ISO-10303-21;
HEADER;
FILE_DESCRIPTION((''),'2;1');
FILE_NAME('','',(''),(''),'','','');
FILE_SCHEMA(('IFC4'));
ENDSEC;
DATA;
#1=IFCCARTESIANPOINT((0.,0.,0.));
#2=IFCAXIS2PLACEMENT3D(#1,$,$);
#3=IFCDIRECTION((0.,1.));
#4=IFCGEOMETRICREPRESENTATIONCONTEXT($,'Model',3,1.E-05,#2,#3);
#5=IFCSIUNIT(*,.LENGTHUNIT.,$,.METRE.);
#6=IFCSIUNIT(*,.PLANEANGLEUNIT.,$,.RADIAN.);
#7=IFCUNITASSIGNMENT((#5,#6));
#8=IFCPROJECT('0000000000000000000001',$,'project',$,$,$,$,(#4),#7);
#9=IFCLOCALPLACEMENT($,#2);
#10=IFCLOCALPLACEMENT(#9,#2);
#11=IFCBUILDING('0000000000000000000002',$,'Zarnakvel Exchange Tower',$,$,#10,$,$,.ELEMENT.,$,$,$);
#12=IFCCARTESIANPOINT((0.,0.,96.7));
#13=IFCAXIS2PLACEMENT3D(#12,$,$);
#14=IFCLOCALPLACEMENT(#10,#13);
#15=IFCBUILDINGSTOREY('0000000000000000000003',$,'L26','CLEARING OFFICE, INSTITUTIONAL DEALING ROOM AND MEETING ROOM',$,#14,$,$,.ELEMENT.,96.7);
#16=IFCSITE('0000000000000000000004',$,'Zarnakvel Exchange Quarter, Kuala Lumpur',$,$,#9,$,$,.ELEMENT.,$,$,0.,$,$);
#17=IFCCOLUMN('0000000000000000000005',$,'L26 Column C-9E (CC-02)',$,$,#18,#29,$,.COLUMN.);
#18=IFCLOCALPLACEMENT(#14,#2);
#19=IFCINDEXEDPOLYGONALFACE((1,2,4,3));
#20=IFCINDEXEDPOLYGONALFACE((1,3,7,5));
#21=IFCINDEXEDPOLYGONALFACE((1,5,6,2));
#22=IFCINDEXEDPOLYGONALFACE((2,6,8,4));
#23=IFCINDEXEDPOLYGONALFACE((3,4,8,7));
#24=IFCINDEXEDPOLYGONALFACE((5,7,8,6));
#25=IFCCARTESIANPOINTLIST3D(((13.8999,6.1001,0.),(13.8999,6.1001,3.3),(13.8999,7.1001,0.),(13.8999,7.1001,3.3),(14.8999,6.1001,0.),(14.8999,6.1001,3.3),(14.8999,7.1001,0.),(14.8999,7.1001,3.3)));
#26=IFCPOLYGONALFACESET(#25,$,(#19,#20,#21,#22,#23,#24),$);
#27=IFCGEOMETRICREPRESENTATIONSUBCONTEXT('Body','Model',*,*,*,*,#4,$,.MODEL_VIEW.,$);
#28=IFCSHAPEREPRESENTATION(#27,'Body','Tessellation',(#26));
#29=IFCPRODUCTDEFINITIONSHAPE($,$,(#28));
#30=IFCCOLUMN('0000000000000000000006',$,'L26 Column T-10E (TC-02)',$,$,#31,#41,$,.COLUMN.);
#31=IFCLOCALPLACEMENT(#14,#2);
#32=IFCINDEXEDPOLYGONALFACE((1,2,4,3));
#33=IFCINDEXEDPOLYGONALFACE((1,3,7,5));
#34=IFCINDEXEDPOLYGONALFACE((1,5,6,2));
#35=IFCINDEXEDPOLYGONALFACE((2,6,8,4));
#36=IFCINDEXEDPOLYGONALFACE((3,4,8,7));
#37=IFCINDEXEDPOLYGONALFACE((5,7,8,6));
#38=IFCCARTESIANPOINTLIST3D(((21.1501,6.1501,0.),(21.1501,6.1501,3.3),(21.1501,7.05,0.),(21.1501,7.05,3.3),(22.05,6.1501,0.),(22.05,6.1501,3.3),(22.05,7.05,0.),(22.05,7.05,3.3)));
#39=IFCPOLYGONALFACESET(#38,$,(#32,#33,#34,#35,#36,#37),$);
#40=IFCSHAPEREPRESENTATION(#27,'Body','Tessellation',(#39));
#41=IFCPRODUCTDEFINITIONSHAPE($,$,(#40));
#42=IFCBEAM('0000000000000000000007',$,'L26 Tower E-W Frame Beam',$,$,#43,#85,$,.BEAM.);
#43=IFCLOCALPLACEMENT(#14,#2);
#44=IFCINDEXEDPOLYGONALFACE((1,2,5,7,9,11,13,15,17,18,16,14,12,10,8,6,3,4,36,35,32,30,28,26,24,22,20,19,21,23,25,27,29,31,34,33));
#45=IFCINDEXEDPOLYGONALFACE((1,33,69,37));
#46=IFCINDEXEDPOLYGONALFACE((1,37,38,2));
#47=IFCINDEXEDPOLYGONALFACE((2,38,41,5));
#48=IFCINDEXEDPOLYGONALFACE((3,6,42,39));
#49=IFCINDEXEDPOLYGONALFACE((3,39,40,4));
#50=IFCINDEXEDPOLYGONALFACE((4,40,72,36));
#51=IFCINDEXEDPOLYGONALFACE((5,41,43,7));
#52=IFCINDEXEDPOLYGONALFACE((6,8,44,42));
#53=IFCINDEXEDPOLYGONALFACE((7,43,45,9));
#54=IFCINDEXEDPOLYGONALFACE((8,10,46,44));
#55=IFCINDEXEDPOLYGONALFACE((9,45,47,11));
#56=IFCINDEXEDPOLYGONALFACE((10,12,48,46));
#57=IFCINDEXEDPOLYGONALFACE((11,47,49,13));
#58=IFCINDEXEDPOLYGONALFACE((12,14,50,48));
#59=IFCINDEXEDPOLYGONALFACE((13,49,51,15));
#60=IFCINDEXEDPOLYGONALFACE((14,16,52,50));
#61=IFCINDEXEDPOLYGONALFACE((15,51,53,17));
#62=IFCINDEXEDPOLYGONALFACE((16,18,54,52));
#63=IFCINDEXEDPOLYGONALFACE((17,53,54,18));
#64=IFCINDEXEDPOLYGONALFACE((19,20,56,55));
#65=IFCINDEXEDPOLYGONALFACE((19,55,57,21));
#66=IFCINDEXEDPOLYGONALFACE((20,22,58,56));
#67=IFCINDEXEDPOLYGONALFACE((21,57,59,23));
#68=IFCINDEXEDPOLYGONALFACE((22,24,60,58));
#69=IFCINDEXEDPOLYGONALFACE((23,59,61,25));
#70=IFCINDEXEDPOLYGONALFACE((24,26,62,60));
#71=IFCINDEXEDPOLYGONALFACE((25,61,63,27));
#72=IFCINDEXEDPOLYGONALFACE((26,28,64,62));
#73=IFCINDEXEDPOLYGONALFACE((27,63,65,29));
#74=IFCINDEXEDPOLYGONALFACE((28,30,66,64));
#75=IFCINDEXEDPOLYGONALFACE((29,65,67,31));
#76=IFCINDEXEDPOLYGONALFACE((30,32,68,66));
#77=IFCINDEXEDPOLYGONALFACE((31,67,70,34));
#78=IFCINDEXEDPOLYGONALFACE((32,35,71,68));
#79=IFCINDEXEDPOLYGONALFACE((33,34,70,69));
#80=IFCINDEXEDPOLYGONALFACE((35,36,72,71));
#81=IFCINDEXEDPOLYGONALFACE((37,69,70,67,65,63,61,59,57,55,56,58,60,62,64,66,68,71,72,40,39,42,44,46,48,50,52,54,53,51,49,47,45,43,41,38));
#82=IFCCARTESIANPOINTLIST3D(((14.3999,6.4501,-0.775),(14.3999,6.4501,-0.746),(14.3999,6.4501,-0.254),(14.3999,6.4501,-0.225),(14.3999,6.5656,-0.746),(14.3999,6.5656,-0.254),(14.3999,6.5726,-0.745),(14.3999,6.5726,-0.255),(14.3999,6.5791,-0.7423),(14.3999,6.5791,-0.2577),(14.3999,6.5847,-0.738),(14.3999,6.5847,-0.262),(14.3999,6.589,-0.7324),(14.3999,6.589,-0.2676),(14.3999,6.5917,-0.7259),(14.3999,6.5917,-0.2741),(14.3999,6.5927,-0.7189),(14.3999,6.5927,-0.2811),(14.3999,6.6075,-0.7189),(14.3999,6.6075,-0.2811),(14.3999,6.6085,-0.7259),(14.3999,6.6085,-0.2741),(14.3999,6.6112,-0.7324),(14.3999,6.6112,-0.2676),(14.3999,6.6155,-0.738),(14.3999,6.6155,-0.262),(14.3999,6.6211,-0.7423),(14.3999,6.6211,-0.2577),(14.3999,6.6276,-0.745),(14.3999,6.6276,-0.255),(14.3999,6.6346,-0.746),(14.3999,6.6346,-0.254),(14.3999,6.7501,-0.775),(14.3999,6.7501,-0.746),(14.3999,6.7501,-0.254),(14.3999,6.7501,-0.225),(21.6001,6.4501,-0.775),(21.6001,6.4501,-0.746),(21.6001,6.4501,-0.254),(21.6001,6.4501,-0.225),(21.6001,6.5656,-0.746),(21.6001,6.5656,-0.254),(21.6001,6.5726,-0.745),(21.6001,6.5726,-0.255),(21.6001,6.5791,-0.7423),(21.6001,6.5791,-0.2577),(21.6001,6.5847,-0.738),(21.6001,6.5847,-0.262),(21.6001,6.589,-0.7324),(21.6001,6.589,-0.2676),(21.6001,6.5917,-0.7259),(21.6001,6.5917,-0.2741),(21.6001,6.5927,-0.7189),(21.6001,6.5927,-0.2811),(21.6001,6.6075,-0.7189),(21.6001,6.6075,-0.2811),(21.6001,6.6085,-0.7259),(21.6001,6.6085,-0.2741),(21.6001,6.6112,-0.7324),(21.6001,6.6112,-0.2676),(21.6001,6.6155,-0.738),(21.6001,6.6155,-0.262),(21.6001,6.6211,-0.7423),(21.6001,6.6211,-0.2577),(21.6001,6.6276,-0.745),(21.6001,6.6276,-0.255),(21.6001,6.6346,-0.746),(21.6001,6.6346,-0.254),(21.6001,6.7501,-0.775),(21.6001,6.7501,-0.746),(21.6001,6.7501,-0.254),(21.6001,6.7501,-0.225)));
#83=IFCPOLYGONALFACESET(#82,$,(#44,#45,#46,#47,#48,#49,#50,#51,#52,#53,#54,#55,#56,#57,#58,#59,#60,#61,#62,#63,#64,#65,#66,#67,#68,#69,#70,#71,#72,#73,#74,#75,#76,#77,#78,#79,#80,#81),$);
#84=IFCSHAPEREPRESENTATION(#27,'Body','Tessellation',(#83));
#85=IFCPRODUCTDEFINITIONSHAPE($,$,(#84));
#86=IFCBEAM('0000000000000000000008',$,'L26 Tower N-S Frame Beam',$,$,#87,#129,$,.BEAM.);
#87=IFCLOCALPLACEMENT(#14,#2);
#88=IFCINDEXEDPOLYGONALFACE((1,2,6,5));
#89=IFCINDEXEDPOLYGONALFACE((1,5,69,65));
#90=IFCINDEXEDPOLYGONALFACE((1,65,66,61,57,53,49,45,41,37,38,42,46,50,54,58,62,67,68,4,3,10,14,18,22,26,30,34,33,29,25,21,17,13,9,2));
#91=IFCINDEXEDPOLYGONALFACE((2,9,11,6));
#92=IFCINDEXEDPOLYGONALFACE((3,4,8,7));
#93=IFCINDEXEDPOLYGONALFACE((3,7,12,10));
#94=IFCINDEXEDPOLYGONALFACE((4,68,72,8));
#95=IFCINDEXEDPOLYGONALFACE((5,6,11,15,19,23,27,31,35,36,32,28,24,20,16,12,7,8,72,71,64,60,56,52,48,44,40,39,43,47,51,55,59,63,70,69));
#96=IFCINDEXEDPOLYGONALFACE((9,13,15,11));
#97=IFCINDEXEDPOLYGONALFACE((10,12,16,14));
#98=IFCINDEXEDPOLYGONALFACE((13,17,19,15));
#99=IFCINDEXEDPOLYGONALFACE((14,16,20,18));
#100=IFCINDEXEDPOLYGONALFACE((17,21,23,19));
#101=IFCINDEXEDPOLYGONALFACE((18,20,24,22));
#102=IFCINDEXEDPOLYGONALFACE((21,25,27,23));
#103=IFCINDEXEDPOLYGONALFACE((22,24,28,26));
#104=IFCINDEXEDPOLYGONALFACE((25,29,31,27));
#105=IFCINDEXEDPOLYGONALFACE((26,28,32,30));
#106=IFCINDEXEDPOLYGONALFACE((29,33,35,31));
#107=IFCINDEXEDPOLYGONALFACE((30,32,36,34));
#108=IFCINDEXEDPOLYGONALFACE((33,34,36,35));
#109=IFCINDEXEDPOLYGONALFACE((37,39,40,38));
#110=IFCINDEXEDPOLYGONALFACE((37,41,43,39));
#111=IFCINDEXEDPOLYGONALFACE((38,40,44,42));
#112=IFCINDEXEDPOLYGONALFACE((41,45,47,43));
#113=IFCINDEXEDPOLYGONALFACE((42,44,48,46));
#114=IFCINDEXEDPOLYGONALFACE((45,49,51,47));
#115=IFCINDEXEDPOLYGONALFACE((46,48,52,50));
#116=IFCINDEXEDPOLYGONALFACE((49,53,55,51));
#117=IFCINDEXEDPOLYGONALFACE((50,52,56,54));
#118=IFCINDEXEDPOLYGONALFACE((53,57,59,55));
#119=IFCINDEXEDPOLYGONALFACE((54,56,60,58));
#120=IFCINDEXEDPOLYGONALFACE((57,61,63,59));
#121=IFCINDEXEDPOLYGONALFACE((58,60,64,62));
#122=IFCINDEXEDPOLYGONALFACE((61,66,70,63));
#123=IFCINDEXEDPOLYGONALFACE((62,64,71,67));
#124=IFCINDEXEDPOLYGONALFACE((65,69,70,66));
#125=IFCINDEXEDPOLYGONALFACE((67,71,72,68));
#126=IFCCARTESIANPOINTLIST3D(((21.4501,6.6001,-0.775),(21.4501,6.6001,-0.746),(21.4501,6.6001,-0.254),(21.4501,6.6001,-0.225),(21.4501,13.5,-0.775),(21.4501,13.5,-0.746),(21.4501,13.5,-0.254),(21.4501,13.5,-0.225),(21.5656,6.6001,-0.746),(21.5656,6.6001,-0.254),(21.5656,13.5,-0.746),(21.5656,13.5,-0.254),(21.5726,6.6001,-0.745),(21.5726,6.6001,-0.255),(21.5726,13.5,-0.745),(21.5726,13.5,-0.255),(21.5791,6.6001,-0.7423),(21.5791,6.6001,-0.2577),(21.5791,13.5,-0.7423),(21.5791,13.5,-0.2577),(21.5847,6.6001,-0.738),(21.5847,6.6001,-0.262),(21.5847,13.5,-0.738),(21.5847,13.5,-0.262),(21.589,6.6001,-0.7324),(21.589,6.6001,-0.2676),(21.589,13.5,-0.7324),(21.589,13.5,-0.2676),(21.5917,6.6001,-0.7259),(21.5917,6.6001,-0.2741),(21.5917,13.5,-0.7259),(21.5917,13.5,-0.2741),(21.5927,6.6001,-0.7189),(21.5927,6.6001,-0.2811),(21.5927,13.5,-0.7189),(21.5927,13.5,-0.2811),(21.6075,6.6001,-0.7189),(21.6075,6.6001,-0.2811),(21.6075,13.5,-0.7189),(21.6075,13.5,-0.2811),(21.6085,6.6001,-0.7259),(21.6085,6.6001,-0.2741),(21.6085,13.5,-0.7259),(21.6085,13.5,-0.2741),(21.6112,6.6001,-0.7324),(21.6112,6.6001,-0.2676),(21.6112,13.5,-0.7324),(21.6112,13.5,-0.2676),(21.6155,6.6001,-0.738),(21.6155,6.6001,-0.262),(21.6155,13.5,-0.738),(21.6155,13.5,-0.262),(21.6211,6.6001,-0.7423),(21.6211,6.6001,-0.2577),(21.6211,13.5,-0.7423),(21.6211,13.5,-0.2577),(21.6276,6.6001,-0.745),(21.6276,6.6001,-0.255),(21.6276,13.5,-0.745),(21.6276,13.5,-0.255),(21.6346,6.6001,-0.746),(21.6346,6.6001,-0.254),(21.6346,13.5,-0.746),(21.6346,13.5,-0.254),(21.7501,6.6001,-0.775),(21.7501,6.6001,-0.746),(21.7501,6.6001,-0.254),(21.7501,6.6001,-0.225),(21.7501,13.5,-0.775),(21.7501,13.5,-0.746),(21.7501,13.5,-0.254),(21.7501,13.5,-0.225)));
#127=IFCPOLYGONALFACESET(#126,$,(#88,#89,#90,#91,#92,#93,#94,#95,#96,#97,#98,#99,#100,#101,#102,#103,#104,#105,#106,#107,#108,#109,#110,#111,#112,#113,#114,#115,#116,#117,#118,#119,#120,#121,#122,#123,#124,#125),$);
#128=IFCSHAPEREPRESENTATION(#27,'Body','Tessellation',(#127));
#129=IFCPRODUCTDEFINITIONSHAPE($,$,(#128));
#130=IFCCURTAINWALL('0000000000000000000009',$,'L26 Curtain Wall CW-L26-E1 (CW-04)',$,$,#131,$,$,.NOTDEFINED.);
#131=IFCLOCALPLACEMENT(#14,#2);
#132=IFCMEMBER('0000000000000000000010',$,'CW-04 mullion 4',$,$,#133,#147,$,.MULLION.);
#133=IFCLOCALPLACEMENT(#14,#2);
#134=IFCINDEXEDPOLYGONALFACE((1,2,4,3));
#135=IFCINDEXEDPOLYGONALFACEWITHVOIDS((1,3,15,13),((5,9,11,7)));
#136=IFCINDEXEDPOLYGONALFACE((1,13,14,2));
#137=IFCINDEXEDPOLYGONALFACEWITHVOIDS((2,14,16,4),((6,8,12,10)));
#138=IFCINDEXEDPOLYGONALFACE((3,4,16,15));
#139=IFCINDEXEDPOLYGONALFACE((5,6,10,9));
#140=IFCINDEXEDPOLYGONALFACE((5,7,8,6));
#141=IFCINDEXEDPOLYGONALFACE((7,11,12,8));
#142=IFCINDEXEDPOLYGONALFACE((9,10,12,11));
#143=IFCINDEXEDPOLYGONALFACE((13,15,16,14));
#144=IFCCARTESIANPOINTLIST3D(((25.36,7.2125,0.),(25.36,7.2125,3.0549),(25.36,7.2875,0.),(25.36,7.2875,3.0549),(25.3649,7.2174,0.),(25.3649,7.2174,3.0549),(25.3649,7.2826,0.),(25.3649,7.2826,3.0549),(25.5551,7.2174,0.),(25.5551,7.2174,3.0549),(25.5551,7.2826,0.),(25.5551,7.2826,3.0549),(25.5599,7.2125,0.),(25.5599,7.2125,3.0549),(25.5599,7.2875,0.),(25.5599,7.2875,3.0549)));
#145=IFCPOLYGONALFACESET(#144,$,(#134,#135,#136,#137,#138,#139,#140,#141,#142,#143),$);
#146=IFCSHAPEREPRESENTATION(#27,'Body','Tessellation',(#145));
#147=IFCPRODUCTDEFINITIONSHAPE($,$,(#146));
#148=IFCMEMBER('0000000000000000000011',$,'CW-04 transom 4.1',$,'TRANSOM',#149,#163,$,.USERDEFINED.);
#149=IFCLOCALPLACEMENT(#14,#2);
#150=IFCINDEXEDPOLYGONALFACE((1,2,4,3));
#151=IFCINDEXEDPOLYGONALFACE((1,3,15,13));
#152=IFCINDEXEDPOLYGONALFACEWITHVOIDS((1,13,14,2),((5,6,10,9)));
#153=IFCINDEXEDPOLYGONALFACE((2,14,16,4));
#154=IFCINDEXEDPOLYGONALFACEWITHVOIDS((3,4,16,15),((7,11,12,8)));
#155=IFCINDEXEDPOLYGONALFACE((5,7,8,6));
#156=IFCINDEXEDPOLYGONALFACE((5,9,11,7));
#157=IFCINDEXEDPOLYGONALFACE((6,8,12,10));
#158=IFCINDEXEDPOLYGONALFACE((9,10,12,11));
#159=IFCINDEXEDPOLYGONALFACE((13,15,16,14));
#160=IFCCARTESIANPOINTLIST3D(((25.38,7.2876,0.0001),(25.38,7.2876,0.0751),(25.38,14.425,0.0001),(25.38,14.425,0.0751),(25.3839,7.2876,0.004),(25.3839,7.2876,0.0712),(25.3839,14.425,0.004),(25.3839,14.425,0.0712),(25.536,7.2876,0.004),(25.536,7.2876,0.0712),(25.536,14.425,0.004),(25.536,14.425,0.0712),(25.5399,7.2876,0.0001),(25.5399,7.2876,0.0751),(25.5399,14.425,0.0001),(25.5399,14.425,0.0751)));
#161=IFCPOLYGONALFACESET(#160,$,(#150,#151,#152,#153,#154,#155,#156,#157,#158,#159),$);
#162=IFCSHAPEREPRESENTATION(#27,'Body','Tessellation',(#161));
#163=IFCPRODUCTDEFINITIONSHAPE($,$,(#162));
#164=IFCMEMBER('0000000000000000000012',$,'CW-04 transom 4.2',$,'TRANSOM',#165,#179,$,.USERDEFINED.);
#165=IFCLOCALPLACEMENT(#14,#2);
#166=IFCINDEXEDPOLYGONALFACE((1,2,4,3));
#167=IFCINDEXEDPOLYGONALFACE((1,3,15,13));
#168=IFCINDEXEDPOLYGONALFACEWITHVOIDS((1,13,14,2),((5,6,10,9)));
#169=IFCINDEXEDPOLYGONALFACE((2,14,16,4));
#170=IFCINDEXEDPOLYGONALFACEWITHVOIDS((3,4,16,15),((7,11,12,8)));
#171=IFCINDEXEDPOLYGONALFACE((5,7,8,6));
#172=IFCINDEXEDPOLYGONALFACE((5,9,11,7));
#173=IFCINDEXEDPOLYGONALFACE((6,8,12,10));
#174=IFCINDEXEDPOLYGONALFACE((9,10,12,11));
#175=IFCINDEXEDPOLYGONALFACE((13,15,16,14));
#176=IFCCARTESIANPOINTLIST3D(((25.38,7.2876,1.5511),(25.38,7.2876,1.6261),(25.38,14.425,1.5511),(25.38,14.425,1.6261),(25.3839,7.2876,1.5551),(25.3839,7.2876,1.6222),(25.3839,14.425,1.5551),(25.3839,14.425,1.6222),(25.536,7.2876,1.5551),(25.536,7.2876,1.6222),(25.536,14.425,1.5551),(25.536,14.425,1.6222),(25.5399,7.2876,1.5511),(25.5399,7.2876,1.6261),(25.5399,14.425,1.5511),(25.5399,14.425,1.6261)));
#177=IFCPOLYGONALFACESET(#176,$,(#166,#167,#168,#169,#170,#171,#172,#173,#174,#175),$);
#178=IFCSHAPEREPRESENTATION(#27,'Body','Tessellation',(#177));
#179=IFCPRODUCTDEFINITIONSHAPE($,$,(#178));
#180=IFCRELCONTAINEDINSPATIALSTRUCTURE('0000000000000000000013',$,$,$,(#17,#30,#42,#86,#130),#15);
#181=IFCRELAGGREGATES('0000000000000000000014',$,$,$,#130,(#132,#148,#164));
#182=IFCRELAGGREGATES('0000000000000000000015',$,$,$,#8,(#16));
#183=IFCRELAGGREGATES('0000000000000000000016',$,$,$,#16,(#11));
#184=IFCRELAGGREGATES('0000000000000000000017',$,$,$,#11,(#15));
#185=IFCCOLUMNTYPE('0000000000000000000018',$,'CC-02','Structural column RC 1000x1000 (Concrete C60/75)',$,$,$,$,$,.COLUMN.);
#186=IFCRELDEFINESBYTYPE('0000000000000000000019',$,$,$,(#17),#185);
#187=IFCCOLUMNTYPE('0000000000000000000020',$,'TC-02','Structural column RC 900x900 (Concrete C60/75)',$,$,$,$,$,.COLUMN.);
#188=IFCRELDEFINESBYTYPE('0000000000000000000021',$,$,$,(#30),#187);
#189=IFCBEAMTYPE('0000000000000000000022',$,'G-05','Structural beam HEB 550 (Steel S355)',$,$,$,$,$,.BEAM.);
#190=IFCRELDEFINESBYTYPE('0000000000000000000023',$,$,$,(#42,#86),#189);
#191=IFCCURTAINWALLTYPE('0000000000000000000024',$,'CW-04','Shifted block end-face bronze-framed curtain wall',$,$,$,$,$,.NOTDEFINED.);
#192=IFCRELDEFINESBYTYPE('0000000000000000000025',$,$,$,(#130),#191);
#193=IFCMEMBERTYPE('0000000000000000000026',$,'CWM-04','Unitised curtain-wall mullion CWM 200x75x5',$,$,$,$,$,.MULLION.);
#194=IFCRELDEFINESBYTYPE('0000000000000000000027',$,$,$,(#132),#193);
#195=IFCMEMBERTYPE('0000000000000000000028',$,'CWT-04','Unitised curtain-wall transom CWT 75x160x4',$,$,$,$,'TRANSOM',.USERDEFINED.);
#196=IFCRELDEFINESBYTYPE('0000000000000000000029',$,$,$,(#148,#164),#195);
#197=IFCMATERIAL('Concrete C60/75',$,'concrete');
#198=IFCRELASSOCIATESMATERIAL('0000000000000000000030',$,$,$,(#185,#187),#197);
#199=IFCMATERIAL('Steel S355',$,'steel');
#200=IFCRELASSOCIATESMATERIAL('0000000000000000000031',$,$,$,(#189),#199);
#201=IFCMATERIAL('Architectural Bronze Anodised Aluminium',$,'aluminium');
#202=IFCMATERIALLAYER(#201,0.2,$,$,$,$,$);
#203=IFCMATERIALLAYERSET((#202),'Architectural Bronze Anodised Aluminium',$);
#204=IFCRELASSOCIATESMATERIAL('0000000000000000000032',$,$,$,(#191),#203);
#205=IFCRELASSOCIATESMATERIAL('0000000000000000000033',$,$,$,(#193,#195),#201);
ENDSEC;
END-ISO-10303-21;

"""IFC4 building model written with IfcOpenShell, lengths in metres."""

from ifc_helpers import new_model, si_unit, direction, frame, origin, origin_2d, place, context, subcontext, project, spatial, rectangle, hollow_rectangle, i_section, extrude, source, transform, mapped, material, layer, layer_set, material_profile, profile_set, type_object, element, aggregate, save


model = new_model("IFC4")

# Units and contexts
model_context = context("Model", 3, precision=1e-05, world=origin(), true_north=direction((0.0, 1.0)))
body_context = subcontext(model_context, "Body", "Model", "MODEL_VIEW")
ifc_project = project(units=[si_unit("LENGTHUNIT", "METRE"), si_unit("PLANEANGLEUNIT", "RADIAN")], contexts=[model_context])

# Site, building, storey
site_placement = place(None, origin())
site = spatial("IfcSite", under=ifc_project, at=site_placement, Name="Zarnakvel Exchange Quarter, Kuala Lumpur", CompositionType="ELEMENT", RefElevation=0.0)
building_placement = place(site_placement, origin())
building = spatial("IfcBuilding", under=site, at=building_placement, Name="Zarnakvel Exchange Tower", CompositionType="ELEMENT")
storey_placement = place(building_placement, frame((0.0, 0.0, 96.7)))
storey = spatial("IfcBuildingStorey", under=building, at=storey_placement, Name="L26", Description="CLEARING OFFICE, INSTITUTIONAL DEALING ROOM AND MEETING ROOM", CompositionType="ELEMENT", Elevation=96.7)

# Columns
ifc_material_1 = material(Name="Concrete C60/75", Category="concrete")
ifc_material_profile_1 = material_profile(ifc_material_1, rectangle(XDim=1.0, YDim=1.0, at=origin_2d()))
ifc_profile_set_1 = profile_set([ifc_material_profile_1], Name="Concrete C60/75")
column_type_1 = type_object("IfcColumnType", Name="CC-02", Description="Structural column RC 1000x1000 (Concrete C60/75)", PredefinedType="COLUMN", material=ifc_profile_set_1)
column_1_placement = place(storey_placement, frame((14.3999, 6.6001, 0.0), z_axis=(0.0, 0.0, 1.0), x_axis=(1.0, 0.0, 0.0)))
element("IfcColumn", 1, at=column_1_placement, inside=storey, type_object=column_type_1, Name="L26 Column C-9E (CC-02)", PredefinedType="COLUMN", context=body_context, shape_type="SweptSolid", body=[
    extrude(rectangle(XDim=1.0, YDim=1.0, at=origin_2d()), origin(), (0.0, 0.0, 1.0), 3.3),
])
ifc_material_profile_2 = material_profile(ifc_material_1, rectangle(XDim=0.8999, YDim=0.8999, at=origin_2d()))
ifc_profile_set_2 = profile_set([ifc_material_profile_2], Name="Concrete C60/75")
column_type_2 = type_object("IfcColumnType", Name="TC-02", Description="Structural column RC 900x900 (Concrete C60/75)", PredefinedType="COLUMN", material=ifc_profile_set_2)
column_2_placement = place(storey_placement, frame((21.6001, 6.6001, 0.0), z_axis=(0.0, 0.0, 1.0), x_axis=(1.0, 0.0, 0.0)))
element("IfcColumn", 2, at=column_2_placement, inside=storey, type_object=column_type_2, Name="L26 Column T-10E (TC-02)", PredefinedType="COLUMN", context=body_context, shape_type="SweptSolid", body=[
    extrude(rectangle(XDim=0.8999, YDim=0.8999, at=origin_2d()), origin(), (0.0, 0.0, 1.0), 3.3),
])

# Beams
ifc_material_2 = material(Name="Steel S355", Category="steel")
ifc_material_profile_3 = material_profile(ifc_material_2, i_section(OverallWidth=0.3, OverallDepth=0.55, WebThickness=0.0149, FlangeThickness=0.0291, FilletRadius=0.0271, at=origin_2d()))
ifc_profile_set_3 = profile_set([ifc_material_profile_3], Name="Steel S355")
beam_type = type_object("IfcBeamType", Name="G-05", Description="Structural beam HEB 550 (Steel S355)", PredefinedType="BEAM", material=ifc_profile_set_3)
beam_1_placement = place(storey_placement, frame((14.3999, 6.6001, -0.5), z_axis=(1.0, 0.0, 0.0), x_axis=(0.0, 1.0, 0.0)))
element("IfcBeam", 3, at=beam_1_placement, inside=storey, type_object=beam_type, Name="L26 Tower E-W Frame Beam", PredefinedType="BEAM", context=body_context, shape_type="SweptSolid", body=[
    extrude(i_section(OverallWidth=0.3, OverallDepth=0.55, WebThickness=0.0149, FlangeThickness=0.0291, FilletRadius=0.0271, at=origin_2d()), origin(), (0.0, 0.0, 1.0), 7.2002),
])
beam_2_placement = place(storey_placement, frame((21.6001, 6.6001, -0.5), z_axis=(0.0, 1.0, 0.0), x_axis=(-1.0, 0.0, 0.0)))
element("IfcBeam", 4, at=beam_2_placement, inside=storey, type_object=beam_type, Name="L26 Tower N-S Frame Beam", PredefinedType="BEAM", context=body_context, shape_type="SweptSolid", body=[
    extrude(i_section(OverallWidth=0.3, OverallDepth=0.55, WebThickness=0.0149, FlangeThickness=0.0291, FilletRadius=0.0271, at=origin_2d()), origin(), (0.0, 0.0, 1.0), 6.8999),
])

# Curtain wall, members
ifc_material_3 = material(Name="Architectural Bronze Anodised Aluminium", Category="aluminium")
ifc_layer_1 = layer(ifc_material_3, 0.2)
ifc_layer_set_1 = layer_set([ifc_layer_1], Name="Architectural Bronze Anodised Aluminium")
curtain_wall_type = type_object("IfcCurtainWallType", Name="CW-04", Description="Shifted block end-face bronze-framed curtain wall", PredefinedType="NOTDEFINED", material=ifc_layer_set_1)
curtain_wall_placement = place(storey_placement, origin())
curtain_wall = element("IfcCurtainWall", 5, at=curtain_wall_placement, inside=storey, type_object=curtain_wall_type, Name="L26 Curtain Wall CW-L26-E1 (CW-04)", PredefinedType="NOTDEFINED")
ifc_material_profile_4 = material_profile(ifc_material_3, hollow_rectangle(XDim=0.2, YDim=0.075, WallThickness=0.0049, at=origin_2d()))
ifc_profile_set_4 = profile_set([ifc_material_profile_4], Name="Architectural Bronze Anodised Aluminium")
member_type_1 = type_object("IfcMemberType", Name="CWM-04", Description="Unitised curtain-wall mullion CWM 200x75x5", PredefinedType="MULLION", material=ifc_profile_set_4)
shared_shape_1 = source(origin(), body_context, "Body", "SweptSolid", [
    extrude(hollow_rectangle(XDim=0.2, YDim=0.075, WallThickness=0.0049, at=origin_2d()), origin(), (0.0, 0.0, 1.0), 3.0549),
])
member_1_placement = place(storey_placement, frame((25.46, 7.25, 0.0), z_axis=(0.0, 0.0, 1.0), x_axis=(-1.0, 0.0, 0.0)))
member_1 = element("IfcMember", 6, at=member_1_placement, type_object=member_type_1, Name="CW-04 mullion 4", PredefinedType="MULLION", context=body_context, shape_type="MappedRepresentation", body=[
    mapped(shared_shape_1, transform((0.0, 0.0, 0.0), x_axis=(1.0, 0.0, 0.0), y_axis=(0.0, 1.0, 0.0), z_axis=(0.0, 0.0, 1.0), scale=1.0)),
])
ifc_material_profile_5 = material_profile(ifc_material_3, hollow_rectangle(XDim=0.1599, YDim=0.075, WallThickness=0.0039, at=origin_2d()))
ifc_profile_set_5 = profile_set([ifc_material_profile_5], Name="Architectural Bronze Anodised Aluminium")
member_type_2 = type_object("IfcMemberType", Name="CWT-04", Description="Unitised curtain-wall transom CWT 75x160x4", ElementType="TRANSOM", PredefinedType="USERDEFINED", material=ifc_profile_set_5)
shared_shape_2 = source(origin(), body_context, "Body", "SweptSolid", [
    extrude(hollow_rectangle(XDim=0.1599, YDim=0.075, WallThickness=0.0039, at=origin_2d()), origin(), (0.0, 0.0, 1.0), 7.1375),
])
member_2_placement = place(storey_placement, frame((25.46, 7.2876, 0.0376), z_axis=(0.0, 1.0, 0.0), x_axis=(-1.0, 0.0, 0.0)))
member_2 = element("IfcMember", 7, at=member_2_placement, type_object=member_type_2, Name="CW-04 transom 4.1", ObjectType="TRANSOM", PredefinedType="USERDEFINED", context=body_context, shape_type="MappedRepresentation", body=[
    mapped(shared_shape_2, transform((0.0, 0.0, 0.0), x_axis=(1.0, 0.0, 0.0), y_axis=(0.0, 1.0, 0.0), z_axis=(0.0, 0.0, 1.0), scale=1.0)),
])
member_3_placement = place(storey_placement, frame((25.46, 7.2876, 1.5886), z_axis=(0.0, 1.0, 0.0), x_axis=(-1.0, 0.0, 0.0)))
member_3 = element("IfcMember", 8, at=member_3_placement, type_object=member_type_2, Name="CW-04 transom 4.2", ObjectType="TRANSOM", PredefinedType="USERDEFINED", context=body_context, shape_type="MappedRepresentation", body=[
    mapped(shared_shape_2, transform((0.0, 0.0, 0.0), x_axis=(1.0, 0.0, 0.0), y_axis=(0.0, 1.0, 0.0), z_axis=(0.0, 0.0, 1.0), scale=1.0)),
])
aggregate(curtain_wall, [member_1, member_2, member_3])

save(model, "model.ifc")
